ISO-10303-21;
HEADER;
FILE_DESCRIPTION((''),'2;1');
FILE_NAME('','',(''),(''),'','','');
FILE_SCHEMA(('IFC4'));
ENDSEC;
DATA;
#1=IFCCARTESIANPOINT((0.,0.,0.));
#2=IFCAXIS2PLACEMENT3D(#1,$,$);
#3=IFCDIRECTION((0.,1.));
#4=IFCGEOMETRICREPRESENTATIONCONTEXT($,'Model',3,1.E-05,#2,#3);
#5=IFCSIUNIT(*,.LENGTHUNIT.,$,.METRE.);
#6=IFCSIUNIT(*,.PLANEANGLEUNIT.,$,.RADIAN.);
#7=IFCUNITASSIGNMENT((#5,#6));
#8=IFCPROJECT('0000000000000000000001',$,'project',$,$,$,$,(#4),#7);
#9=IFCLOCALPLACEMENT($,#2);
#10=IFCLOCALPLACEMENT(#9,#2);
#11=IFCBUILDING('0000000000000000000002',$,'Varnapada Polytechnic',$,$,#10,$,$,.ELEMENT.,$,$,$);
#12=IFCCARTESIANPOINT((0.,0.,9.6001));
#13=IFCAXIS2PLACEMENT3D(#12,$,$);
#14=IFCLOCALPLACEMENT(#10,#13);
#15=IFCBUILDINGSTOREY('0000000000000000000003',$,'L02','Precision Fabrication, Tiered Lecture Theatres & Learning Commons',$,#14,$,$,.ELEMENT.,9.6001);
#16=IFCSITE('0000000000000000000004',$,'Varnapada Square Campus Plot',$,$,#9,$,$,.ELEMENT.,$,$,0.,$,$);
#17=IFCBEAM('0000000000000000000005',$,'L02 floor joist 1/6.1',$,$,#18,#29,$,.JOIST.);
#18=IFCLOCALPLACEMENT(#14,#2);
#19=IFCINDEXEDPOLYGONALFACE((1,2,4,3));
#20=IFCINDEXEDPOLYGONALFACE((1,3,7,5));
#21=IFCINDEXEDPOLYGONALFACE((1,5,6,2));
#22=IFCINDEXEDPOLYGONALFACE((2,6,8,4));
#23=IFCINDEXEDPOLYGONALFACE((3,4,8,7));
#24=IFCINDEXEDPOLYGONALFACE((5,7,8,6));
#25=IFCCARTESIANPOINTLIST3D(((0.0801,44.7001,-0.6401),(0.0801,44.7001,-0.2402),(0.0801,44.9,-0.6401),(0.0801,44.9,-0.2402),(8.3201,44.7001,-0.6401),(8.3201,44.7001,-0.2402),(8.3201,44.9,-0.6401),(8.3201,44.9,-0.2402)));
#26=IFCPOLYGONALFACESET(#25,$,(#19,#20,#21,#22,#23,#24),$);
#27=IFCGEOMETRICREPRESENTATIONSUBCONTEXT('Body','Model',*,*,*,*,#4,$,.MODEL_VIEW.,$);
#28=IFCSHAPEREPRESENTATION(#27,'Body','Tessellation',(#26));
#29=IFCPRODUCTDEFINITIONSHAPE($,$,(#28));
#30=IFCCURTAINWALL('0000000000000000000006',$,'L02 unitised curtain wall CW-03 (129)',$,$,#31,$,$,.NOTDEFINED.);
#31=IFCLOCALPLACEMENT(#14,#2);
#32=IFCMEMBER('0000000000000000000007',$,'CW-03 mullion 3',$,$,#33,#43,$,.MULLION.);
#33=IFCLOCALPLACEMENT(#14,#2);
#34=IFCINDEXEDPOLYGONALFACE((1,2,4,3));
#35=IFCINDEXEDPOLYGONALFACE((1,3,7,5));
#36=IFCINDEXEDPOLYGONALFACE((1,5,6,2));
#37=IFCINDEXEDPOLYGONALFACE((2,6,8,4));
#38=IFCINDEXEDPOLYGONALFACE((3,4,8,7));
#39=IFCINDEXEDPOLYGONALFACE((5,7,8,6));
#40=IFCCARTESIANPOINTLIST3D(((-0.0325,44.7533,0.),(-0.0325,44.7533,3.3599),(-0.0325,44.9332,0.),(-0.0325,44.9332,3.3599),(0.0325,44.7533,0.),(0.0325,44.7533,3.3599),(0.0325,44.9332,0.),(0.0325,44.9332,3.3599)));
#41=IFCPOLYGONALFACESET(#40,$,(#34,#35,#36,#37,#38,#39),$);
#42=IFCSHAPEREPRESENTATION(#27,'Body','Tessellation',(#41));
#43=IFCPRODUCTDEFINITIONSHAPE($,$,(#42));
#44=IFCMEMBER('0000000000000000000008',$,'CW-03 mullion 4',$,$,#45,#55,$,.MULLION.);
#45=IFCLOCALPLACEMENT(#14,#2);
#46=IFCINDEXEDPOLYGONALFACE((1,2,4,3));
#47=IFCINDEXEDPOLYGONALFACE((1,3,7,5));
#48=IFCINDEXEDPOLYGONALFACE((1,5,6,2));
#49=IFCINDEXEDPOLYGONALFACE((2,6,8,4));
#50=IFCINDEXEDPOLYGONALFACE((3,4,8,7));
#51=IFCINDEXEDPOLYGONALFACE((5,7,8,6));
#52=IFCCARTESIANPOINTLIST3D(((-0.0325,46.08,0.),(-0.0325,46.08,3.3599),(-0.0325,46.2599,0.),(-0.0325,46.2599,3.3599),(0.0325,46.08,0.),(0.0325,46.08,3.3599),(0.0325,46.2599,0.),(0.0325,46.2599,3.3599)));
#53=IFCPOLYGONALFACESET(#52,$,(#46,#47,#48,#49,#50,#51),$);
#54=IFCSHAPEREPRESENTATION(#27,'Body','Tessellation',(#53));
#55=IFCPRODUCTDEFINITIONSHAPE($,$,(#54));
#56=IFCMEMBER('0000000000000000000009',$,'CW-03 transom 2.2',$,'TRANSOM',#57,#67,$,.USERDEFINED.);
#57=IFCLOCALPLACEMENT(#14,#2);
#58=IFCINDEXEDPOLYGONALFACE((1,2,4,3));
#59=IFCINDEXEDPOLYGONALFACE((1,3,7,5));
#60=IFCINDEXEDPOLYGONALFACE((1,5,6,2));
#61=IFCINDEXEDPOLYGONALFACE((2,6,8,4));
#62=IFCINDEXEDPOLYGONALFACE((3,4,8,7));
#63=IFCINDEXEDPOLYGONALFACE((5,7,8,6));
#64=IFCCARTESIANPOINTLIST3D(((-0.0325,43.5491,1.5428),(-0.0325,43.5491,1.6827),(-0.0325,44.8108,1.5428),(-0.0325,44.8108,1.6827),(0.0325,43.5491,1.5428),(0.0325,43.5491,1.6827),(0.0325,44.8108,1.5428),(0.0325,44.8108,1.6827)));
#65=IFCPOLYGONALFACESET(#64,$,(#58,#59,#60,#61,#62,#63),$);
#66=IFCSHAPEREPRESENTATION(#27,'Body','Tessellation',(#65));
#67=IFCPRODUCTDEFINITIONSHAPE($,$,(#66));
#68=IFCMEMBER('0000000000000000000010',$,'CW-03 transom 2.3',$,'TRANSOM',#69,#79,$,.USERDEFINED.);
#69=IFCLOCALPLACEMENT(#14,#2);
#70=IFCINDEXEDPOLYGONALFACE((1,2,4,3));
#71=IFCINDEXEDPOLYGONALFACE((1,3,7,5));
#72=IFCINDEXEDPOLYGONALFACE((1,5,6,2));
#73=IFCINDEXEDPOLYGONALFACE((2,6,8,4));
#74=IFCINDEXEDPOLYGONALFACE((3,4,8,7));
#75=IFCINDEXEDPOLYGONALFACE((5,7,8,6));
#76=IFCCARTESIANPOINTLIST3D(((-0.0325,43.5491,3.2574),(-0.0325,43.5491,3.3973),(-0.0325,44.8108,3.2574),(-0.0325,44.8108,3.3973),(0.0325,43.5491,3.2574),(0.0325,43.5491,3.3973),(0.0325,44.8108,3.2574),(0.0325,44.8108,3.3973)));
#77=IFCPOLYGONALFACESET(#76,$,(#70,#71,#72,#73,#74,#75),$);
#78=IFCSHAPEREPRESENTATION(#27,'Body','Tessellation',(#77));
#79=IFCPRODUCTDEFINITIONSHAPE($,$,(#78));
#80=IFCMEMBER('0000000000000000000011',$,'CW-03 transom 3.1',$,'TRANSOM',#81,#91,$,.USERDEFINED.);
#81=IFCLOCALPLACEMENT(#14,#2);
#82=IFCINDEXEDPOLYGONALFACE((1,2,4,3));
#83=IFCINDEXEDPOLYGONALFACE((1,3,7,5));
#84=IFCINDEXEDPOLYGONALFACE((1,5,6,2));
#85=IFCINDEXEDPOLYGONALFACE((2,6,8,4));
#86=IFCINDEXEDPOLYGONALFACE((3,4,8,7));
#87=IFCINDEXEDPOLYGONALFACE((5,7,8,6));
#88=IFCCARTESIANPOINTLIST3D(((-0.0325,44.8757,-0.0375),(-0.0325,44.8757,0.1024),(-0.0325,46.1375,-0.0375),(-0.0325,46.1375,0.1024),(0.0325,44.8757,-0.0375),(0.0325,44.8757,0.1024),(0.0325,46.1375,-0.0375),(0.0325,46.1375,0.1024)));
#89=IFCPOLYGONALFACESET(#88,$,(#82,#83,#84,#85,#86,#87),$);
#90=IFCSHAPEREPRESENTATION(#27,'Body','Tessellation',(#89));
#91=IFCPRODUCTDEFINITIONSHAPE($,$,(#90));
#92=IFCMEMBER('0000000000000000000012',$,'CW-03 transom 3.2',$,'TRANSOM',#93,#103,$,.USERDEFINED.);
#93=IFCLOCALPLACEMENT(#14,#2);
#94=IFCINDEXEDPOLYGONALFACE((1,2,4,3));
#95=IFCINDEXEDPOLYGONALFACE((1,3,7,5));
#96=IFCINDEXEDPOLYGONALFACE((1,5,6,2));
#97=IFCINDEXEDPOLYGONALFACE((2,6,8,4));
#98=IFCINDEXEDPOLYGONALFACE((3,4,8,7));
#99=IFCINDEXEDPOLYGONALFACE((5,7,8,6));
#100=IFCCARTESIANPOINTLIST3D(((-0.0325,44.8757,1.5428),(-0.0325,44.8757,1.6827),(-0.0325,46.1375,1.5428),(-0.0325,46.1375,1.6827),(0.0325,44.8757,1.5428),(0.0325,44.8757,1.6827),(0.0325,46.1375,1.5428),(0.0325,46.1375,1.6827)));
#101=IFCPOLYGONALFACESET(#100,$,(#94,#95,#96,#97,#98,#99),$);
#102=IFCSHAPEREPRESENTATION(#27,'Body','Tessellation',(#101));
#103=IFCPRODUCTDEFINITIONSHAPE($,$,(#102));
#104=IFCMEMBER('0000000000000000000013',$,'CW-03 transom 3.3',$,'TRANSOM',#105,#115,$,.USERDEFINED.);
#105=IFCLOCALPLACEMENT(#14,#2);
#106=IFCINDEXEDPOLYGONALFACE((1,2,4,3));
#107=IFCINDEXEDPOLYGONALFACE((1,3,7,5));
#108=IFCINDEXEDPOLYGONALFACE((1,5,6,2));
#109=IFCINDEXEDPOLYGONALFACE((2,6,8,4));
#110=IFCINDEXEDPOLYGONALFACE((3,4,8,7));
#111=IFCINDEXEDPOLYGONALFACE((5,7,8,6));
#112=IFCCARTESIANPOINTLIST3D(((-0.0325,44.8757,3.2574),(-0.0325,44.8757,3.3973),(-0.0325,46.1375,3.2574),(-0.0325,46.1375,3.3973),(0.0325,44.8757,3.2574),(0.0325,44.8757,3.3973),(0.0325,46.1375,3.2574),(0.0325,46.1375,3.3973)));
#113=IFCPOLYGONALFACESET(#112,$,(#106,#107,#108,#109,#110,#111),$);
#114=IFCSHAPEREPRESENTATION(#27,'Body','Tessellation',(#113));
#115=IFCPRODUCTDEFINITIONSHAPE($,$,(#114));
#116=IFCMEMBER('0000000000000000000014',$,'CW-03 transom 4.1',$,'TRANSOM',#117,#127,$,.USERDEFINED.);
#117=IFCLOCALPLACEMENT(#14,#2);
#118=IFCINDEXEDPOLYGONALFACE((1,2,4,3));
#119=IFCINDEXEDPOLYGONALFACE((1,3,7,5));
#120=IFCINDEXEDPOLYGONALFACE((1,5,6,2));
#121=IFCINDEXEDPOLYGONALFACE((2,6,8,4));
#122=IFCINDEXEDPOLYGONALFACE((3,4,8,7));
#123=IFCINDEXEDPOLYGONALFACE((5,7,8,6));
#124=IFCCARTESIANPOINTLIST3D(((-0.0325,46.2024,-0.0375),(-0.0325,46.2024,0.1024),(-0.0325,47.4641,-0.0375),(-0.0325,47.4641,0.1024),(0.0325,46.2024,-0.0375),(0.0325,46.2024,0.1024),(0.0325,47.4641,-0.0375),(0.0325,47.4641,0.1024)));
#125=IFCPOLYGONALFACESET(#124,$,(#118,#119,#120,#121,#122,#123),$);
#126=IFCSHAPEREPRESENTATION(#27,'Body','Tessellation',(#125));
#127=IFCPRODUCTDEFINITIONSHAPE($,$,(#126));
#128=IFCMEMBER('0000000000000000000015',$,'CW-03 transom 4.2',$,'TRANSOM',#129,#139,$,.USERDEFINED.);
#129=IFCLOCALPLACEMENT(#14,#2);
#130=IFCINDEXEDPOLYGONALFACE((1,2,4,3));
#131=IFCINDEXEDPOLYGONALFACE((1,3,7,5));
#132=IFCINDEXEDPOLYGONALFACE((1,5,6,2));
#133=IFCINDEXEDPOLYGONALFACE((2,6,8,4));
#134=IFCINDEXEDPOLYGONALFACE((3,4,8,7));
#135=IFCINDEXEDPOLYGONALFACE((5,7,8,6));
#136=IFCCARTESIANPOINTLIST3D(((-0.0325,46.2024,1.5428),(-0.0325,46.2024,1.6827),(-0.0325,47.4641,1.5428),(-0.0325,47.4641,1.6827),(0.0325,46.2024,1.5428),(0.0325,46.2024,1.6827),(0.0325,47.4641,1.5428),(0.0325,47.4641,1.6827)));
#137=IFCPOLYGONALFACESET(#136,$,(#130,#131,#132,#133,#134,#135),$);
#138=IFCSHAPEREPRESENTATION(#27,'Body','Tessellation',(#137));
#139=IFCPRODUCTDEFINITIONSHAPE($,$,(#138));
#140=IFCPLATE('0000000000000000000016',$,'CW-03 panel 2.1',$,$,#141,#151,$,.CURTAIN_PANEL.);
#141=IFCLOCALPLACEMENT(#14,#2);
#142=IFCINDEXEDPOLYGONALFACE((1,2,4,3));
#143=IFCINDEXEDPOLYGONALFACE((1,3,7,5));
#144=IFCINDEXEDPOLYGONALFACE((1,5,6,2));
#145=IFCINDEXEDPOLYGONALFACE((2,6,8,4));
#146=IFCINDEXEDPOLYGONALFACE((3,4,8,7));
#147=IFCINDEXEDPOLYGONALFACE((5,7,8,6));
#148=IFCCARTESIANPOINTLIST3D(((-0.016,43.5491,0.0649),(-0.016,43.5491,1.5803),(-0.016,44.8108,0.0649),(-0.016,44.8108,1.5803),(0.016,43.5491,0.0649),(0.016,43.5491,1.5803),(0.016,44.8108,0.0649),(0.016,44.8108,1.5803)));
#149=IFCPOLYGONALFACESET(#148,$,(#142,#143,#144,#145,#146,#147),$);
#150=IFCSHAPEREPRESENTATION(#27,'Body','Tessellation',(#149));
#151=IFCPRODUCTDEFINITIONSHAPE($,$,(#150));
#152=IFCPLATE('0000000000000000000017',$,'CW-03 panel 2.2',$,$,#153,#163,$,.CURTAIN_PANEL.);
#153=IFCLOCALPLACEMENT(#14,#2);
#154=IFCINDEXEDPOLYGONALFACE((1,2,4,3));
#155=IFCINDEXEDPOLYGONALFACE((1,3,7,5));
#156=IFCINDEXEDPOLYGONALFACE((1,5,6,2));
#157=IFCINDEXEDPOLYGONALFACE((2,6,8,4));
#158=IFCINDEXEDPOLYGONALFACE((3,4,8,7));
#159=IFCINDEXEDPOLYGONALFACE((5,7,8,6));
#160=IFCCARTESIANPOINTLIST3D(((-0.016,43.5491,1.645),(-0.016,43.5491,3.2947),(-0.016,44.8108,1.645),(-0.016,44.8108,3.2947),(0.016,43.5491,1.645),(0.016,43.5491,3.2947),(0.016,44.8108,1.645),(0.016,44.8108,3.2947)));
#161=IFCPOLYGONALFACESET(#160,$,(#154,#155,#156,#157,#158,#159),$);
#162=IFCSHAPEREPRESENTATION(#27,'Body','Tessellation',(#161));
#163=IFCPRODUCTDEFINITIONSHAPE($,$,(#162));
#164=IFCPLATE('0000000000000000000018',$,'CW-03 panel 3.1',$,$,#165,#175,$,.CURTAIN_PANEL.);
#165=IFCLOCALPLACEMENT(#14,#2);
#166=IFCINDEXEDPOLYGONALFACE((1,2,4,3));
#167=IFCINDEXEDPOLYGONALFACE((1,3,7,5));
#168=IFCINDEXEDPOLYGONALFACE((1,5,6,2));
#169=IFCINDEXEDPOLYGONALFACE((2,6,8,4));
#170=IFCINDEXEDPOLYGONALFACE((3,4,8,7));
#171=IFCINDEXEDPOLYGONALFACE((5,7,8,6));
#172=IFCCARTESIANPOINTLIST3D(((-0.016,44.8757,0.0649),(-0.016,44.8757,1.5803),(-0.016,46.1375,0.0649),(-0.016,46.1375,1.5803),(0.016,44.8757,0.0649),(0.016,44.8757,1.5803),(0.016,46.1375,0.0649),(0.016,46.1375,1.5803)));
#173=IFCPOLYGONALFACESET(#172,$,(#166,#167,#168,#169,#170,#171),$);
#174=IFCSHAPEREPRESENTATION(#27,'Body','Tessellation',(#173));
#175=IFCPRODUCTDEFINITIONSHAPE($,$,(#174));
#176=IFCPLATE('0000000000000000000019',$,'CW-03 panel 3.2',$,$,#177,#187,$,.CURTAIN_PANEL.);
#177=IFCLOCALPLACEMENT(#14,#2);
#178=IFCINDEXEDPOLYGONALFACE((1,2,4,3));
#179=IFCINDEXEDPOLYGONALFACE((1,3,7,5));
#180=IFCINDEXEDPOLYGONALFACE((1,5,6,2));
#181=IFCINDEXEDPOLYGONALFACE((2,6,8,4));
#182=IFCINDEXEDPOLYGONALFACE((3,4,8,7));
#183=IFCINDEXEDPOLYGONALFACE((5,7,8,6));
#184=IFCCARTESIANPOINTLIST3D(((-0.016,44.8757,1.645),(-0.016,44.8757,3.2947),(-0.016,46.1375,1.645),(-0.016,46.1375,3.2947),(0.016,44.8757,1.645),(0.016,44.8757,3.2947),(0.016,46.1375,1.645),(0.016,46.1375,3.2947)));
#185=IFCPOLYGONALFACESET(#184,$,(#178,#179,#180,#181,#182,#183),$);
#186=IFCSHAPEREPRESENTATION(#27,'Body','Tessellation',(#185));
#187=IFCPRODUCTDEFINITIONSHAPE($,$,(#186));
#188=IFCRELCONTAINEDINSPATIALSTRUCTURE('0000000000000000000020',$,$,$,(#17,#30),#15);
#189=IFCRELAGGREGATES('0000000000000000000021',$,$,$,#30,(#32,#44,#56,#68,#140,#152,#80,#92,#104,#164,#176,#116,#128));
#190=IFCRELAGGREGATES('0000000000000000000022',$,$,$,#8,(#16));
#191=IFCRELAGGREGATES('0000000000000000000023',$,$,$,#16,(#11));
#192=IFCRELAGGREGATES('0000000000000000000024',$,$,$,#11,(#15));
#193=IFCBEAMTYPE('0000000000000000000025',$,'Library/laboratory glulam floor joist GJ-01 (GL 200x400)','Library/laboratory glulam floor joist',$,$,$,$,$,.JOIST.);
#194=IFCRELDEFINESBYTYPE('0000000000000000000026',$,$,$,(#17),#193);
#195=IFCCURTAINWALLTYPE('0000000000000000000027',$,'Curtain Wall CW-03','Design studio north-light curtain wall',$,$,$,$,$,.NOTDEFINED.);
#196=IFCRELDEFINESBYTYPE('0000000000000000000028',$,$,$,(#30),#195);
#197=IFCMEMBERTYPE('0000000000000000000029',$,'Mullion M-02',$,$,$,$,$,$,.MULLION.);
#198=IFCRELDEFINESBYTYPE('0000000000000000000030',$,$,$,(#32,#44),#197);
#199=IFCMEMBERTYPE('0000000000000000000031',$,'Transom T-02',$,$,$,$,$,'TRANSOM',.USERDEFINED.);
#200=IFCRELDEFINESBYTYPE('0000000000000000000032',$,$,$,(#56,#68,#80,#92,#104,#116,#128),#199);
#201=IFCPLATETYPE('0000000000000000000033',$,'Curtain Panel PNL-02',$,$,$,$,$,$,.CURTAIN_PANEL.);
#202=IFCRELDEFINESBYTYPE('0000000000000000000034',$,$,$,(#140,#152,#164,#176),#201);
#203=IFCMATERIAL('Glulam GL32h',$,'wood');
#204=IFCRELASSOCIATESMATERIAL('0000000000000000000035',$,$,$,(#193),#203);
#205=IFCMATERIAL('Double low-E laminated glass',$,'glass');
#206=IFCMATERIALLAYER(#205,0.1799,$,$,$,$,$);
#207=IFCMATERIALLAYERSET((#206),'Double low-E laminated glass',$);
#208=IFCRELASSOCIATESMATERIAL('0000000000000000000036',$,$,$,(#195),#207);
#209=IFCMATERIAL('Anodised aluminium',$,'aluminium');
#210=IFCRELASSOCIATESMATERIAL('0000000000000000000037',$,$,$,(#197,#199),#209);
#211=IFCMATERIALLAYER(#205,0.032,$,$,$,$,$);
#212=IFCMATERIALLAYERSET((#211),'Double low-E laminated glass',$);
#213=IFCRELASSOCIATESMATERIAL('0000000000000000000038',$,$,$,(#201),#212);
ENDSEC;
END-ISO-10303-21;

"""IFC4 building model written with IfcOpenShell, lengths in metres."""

from ifc_helpers import new_model, si_unit, direction, frame, origin, origin_2d, place, context, subcontext, project, spatial, rectangle, extrude, material, layer, layer_set, material_profile, profile_set, type_object, element, aggregate, save


model = new_model("IFC4")

# Units and contexts
model_context = context("Model", 3, precision=1e-05, world=origin(), true_north=direction((0.0, 1.0)))
body_context = subcontext(model_context, "Body", "Model", "MODEL_VIEW")
ifc_project = project(units=[si_unit("LENGTHUNIT", "METRE"), si_unit("PLANEANGLEUNIT", "RADIAN")], contexts=[model_context])

# Site, building, storey
site_placement = place(None, origin())
site = spatial("IfcSite", under=ifc_project, at=site_placement, Name="Varnapada Square Campus Plot", CompositionType="ELEMENT", RefElevation=0.0)
building_placement = place(site_placement, origin())
building = spatial("IfcBuilding", under=site, at=building_placement, Name="Varnapada Polytechnic", CompositionType="ELEMENT")
storey_placement = place(building_placement, frame((0.0, 0.0, 9.6001)))
storey = spatial("IfcBuildingStorey", under=building, at=storey_placement, Name="L02", Description="Precision Fabrication, Tiered Lecture Theatres & Learning Commons", CompositionType="ELEMENT", Elevation=9.6001)

# Beam
ifc_material_1 = material(Name="Glulam GL32h", Category="wood")
ifc_material_profile_1 = material_profile(ifc_material_1, rectangle(XDim=0.2, YDim=0.3999, at=origin_2d()), Name="GL 200x400")
ifc_profile_set_1 = profile_set([ifc_material_profile_1], Name="Glulam GL32h")
beam_type = type_object("IfcBeamType", Name="Library/laboratory glulam floor joist GJ-01 (GL 200x400)", Description="Library/laboratory glulam floor joist", PredefinedType="JOIST", material=ifc_profile_set_1)
beam_placement = place(storey_placement, frame((0.0801, 44.8, -0.4402), z_axis=(1.0, 0.0, 0.0), x_axis=(0.0, 1.0, 0.0)))
element("IfcBeam", 1, at=beam_placement, inside=storey, type_object=beam_type, Name="L02 floor joist 1/6.1", PredefinedType="JOIST", context=body_context, shape_type="SweptSolid", body=[
    extrude(rectangle(XDim=0.2, YDim=0.3999, at=origin_2d()), origin(), (0.0, 0.0, 1.0), 8.24),
])

# Curtain wall, members, plates
ifc_material_2 = material(Name="Double low-E laminated glass", Category="glass")
ifc_layer_1 = layer(ifc_material_2, 0.1799)
ifc_layer_set_1 = layer_set([ifc_layer_1], Name="Double low-E laminated glass")
curtain_wall_type = type_object("IfcCurtainWallType", Name="Curtain Wall CW-03", Description="Design studio north-light curtain wall", PredefinedType="NOTDEFINED", material=ifc_layer_set_1)
curtain_wall_placement = place(storey_placement, origin())
curtain_wall = element("IfcCurtainWall", 2, at=curtain_wall_placement, inside=storey, type_object=curtain_wall_type, Name="L02 unitised curtain wall CW-03 (129)", PredefinedType="NOTDEFINED")
ifc_material_3 = material(Name="Anodised aluminium", Category="aluminium")
ifc_material_profile_2 = material_profile(ifc_material_3, rectangle(XDim=0.0649, YDim=0.1799, at=origin_2d()), Name="ALU M65x180")
ifc_profile_set_2 = profile_set([ifc_material_profile_2], Name="Anodised aluminium")
member_type_1 = type_object("IfcMemberType", Name="Mullion M-02", PredefinedType="MULLION", material=ifc_profile_set_2)
member_1_placement = place(storey_placement, frame((0.0, 44.8433, 0.0), z_axis=(0.0, 0.0, 1.0), x_axis=(-1.0, 0.0, 0.0)))
member_1 = element("IfcMember", 3, at=member_1_placement, type_object=member_type_1, Name="CW-03 mullion 3", PredefinedType="MULLION", context=body_context, shape_type="SweptSolid", body=[
    extrude(rectangle(XDim=0.0649, YDim=0.1799, at=origin_2d()), origin(), (0.0, 0.0, 1.0), 3.3599),
])
member_2_placement = place(storey_placement, frame((0.0, 46.1699, 0.0), z_axis=(0.0, 0.0, 1.0), x_axis=(-1.0, 0.0, 0.0)))
member_2 = element("IfcMember", 4, at=member_2_placement, type_object=member_type_1, Name="CW-03 mullion 4", PredefinedType="MULLION", context=body_context, shape_type="SweptSolid", body=[
    extrude(rectangle(XDim=0.0649, YDim=0.1799, at=origin_2d()), origin(), (0.0, 0.0, 1.0), 3.3599),
])
ifc_material_profile_3 = material_profile(ifc_material_3, rectangle(XDim=0.0649, YDim=0.1399, at=origin_2d()), Name="ALU T65x140")
ifc_profile_set_3 = profile_set([ifc_material_profile_3], Name="Anodised aluminium")
member_type_2 = type_object("IfcMemberType", Name="Transom T-02", ElementType="TRANSOM", PredefinedType="USERDEFINED", material=ifc_profile_set_3)
member_3_placement = place(storey_placement, frame((0.0, 43.5491, 1.6128), z_axis=(0.0, 1.0, 0.0), x_axis=(-1.0, 0.0, 0.0)))
member_3 = element("IfcMember", 5, at=member_3_placement, type_object=member_type_2, Name="CW-03 transom 2.2", ObjectType="TRANSOM", PredefinedType="USERDEFINED", context=body_context, shape_type="SweptSolid", body=[
    extrude(rectangle(XDim=0.0649, YDim=0.1399, at=origin_2d()), origin(), (0.0, 0.0, 1.0), 1.2617),
])
member_4_placement = place(storey_placement, frame((0.0, 43.5491, 3.3274), z_axis=(0.0, 1.0, 0.0), x_axis=(-1.0, 0.0, 0.0)))
member_4 = element("IfcMember", 6, at=member_4_placement, type_object=member_type_2, Name="CW-03 transom 2.3", ObjectType="TRANSOM", PredefinedType="USERDEFINED", context=body_context, shape_type="SweptSolid", body=[
    extrude(rectangle(XDim=0.0649, YDim=0.1399, at=origin_2d()), origin(), (0.0, 0.0, 1.0), 1.2617),
])
member_5_placement = place(storey_placement, frame((0.0, 44.8757, 0.0325), z_axis=(0.0, 1.0, 0.0), x_axis=(-1.0, 0.0, 0.0)))
member_5 = element("IfcMember", 7, at=member_5_placement, type_object=member_type_2, Name="CW-03 transom 3.1", ObjectType="TRANSOM", PredefinedType="USERDEFINED", context=body_context, shape_type="SweptSolid", body=[
    extrude(rectangle(XDim=0.0649, YDim=0.1399, at=origin_2d()), origin(), (0.0, 0.0, 1.0), 1.2617),
])
member_6_placement = place(storey_placement, frame((0.0, 44.8757, 1.6128), z_axis=(0.0, 1.0, 0.0), x_axis=(-1.0, 0.0, 0.0)))
member_6 = element("IfcMember", 8, at=member_6_placement, type_object=member_type_2, Name="CW-03 transom 3.2", ObjectType="TRANSOM", PredefinedType="USERDEFINED", context=body_context, shape_type="SweptSolid", body=[
    extrude(rectangle(XDim=0.0649, YDim=0.1399, at=origin_2d()), origin(), (0.0, 0.0, 1.0), 1.2617),
])
member_7_placement = place(storey_placement, frame((0.0, 44.8757, 3.3274), z_axis=(0.0, 1.0, 0.0), x_axis=(-1.0, 0.0, 0.0)))
member_7 = element("IfcMember", 9, at=member_7_placement, type_object=member_type_2, Name="CW-03 transom 3.3", ObjectType="TRANSOM", PredefinedType="USERDEFINED", context=body_context, shape_type="SweptSolid", body=[
    extrude(rectangle(XDim=0.0649, YDim=0.1399, at=origin_2d()), origin(), (0.0, 0.0, 1.0), 1.2617),
])
member_8_placement = place(storey_placement, frame((0.0, 46.2024, 0.0325), z_axis=(0.0, 1.0, 0.0), x_axis=(-1.0, 0.0, 0.0)))
member_8 = element("IfcMember", 10, at=member_8_placement, type_object=member_type_2, Name="CW-03 transom 4.1", ObjectType="TRANSOM", PredefinedType="USERDEFINED", context=body_context, shape_type="SweptSolid", body=[
    extrude(rectangle(XDim=0.0649, YDim=0.1399, at=origin_2d()), origin(), (0.0, 0.0, 1.0), 1.2617),
])
member_9_placement = place(storey_placement, frame((0.0, 46.2024, 1.6128), z_axis=(0.0, 1.0, 0.0), x_axis=(-1.0, 0.0, 0.0)))
member_9 = element("IfcMember", 11, at=member_9_placement, type_object=member_type_2, Name="CW-03 transom 4.2", ObjectType="TRANSOM", PredefinedType="USERDEFINED", context=body_context, shape_type="SweptSolid", body=[
    extrude(rectangle(XDim=0.0649, YDim=0.1399, at=origin_2d()), origin(), (0.0, 0.0, 1.0), 1.2617),
])
ifc_layer_2 = layer(ifc_material_2, 0.032)
ifc_layer_set_2 = layer_set([ifc_layer_2], Name="Double low-E laminated glass")
plate_type = type_object("IfcPlateType", Name="Curtain Panel PNL-02", PredefinedType="CURTAIN_PANEL", material=ifc_layer_set_2)
plate_1_placement = place(storey_placement, frame((0.0, 44.1799, 0.0649), z_axis=(0.0, 0.0, 1.0), x_axis=(0.0, 1.0, 0.0)))
plate_1 = element("IfcPlate", 12, at=plate_1_placement, type_object=plate_type, Name="CW-03 panel 2.1", PredefinedType="CURTAIN_PANEL", context=body_context, shape_type="SweptSolid", body=[
    extrude(rectangle(XDim=1.2617, YDim=0.032, at=origin_2d()), origin(), (0.0, 0.0, 1.0), 1.5154),
])
plate_2_placement = place(storey_placement, frame((0.0, 44.1799, 1.645), z_axis=(0.0, 0.0, 1.0), x_axis=(0.0, 1.0, 0.0)))
plate_2 = element("IfcPlate", 13, at=plate_2_placement, type_object=plate_type, Name="CW-03 panel 2.2", PredefinedType="CURTAIN_PANEL", context=body_context, shape_type="SweptSolid", body=[
    extrude(rectangle(XDim=1.2617, YDim=0.032, at=origin_2d()), origin(), (0.0, 0.0, 1.0), 1.6497),
])
plate_3_placement = place(storey_placement, frame((0.0, 45.5066, 0.0649), z_axis=(0.0, 0.0, 1.0), x_axis=(0.0, 1.0, 0.0)))
plate_3 = element("IfcPlate", 14, at=plate_3_placement, type_object=plate_type, Name="CW-03 panel 3.1", PredefinedType="CURTAIN_PANEL", context=body_context, shape_type="SweptSolid", body=[
    extrude(rectangle(XDim=1.2617, YDim=0.032, at=origin_2d()), origin(), (0.0, 0.0, 1.0), 1.5154),
])
plate_4_placement = place(storey_placement, frame((0.0, 45.5066, 1.645), z_axis=(0.0, 0.0, 1.0), x_axis=(0.0, 1.0, 0.0)))
plate_4 = element("IfcPlate", 15, at=plate_4_placement, type_object=plate_type, Name="CW-03 panel 3.2", PredefinedType="CURTAIN_PANEL", context=body_context, shape_type="SweptSolid", body=[
    extrude(rectangle(XDim=1.2617, YDim=0.032, at=origin_2d()), origin(), (0.0, 0.0, 1.0), 1.6497),
])
aggregate(curtain_wall, [member_1, member_2, member_3, member_4, plate_1, plate_2, member_5, member_6, member_7, plate_3, plate_4, member_8, member_9])

save(model, "model.ifc")
